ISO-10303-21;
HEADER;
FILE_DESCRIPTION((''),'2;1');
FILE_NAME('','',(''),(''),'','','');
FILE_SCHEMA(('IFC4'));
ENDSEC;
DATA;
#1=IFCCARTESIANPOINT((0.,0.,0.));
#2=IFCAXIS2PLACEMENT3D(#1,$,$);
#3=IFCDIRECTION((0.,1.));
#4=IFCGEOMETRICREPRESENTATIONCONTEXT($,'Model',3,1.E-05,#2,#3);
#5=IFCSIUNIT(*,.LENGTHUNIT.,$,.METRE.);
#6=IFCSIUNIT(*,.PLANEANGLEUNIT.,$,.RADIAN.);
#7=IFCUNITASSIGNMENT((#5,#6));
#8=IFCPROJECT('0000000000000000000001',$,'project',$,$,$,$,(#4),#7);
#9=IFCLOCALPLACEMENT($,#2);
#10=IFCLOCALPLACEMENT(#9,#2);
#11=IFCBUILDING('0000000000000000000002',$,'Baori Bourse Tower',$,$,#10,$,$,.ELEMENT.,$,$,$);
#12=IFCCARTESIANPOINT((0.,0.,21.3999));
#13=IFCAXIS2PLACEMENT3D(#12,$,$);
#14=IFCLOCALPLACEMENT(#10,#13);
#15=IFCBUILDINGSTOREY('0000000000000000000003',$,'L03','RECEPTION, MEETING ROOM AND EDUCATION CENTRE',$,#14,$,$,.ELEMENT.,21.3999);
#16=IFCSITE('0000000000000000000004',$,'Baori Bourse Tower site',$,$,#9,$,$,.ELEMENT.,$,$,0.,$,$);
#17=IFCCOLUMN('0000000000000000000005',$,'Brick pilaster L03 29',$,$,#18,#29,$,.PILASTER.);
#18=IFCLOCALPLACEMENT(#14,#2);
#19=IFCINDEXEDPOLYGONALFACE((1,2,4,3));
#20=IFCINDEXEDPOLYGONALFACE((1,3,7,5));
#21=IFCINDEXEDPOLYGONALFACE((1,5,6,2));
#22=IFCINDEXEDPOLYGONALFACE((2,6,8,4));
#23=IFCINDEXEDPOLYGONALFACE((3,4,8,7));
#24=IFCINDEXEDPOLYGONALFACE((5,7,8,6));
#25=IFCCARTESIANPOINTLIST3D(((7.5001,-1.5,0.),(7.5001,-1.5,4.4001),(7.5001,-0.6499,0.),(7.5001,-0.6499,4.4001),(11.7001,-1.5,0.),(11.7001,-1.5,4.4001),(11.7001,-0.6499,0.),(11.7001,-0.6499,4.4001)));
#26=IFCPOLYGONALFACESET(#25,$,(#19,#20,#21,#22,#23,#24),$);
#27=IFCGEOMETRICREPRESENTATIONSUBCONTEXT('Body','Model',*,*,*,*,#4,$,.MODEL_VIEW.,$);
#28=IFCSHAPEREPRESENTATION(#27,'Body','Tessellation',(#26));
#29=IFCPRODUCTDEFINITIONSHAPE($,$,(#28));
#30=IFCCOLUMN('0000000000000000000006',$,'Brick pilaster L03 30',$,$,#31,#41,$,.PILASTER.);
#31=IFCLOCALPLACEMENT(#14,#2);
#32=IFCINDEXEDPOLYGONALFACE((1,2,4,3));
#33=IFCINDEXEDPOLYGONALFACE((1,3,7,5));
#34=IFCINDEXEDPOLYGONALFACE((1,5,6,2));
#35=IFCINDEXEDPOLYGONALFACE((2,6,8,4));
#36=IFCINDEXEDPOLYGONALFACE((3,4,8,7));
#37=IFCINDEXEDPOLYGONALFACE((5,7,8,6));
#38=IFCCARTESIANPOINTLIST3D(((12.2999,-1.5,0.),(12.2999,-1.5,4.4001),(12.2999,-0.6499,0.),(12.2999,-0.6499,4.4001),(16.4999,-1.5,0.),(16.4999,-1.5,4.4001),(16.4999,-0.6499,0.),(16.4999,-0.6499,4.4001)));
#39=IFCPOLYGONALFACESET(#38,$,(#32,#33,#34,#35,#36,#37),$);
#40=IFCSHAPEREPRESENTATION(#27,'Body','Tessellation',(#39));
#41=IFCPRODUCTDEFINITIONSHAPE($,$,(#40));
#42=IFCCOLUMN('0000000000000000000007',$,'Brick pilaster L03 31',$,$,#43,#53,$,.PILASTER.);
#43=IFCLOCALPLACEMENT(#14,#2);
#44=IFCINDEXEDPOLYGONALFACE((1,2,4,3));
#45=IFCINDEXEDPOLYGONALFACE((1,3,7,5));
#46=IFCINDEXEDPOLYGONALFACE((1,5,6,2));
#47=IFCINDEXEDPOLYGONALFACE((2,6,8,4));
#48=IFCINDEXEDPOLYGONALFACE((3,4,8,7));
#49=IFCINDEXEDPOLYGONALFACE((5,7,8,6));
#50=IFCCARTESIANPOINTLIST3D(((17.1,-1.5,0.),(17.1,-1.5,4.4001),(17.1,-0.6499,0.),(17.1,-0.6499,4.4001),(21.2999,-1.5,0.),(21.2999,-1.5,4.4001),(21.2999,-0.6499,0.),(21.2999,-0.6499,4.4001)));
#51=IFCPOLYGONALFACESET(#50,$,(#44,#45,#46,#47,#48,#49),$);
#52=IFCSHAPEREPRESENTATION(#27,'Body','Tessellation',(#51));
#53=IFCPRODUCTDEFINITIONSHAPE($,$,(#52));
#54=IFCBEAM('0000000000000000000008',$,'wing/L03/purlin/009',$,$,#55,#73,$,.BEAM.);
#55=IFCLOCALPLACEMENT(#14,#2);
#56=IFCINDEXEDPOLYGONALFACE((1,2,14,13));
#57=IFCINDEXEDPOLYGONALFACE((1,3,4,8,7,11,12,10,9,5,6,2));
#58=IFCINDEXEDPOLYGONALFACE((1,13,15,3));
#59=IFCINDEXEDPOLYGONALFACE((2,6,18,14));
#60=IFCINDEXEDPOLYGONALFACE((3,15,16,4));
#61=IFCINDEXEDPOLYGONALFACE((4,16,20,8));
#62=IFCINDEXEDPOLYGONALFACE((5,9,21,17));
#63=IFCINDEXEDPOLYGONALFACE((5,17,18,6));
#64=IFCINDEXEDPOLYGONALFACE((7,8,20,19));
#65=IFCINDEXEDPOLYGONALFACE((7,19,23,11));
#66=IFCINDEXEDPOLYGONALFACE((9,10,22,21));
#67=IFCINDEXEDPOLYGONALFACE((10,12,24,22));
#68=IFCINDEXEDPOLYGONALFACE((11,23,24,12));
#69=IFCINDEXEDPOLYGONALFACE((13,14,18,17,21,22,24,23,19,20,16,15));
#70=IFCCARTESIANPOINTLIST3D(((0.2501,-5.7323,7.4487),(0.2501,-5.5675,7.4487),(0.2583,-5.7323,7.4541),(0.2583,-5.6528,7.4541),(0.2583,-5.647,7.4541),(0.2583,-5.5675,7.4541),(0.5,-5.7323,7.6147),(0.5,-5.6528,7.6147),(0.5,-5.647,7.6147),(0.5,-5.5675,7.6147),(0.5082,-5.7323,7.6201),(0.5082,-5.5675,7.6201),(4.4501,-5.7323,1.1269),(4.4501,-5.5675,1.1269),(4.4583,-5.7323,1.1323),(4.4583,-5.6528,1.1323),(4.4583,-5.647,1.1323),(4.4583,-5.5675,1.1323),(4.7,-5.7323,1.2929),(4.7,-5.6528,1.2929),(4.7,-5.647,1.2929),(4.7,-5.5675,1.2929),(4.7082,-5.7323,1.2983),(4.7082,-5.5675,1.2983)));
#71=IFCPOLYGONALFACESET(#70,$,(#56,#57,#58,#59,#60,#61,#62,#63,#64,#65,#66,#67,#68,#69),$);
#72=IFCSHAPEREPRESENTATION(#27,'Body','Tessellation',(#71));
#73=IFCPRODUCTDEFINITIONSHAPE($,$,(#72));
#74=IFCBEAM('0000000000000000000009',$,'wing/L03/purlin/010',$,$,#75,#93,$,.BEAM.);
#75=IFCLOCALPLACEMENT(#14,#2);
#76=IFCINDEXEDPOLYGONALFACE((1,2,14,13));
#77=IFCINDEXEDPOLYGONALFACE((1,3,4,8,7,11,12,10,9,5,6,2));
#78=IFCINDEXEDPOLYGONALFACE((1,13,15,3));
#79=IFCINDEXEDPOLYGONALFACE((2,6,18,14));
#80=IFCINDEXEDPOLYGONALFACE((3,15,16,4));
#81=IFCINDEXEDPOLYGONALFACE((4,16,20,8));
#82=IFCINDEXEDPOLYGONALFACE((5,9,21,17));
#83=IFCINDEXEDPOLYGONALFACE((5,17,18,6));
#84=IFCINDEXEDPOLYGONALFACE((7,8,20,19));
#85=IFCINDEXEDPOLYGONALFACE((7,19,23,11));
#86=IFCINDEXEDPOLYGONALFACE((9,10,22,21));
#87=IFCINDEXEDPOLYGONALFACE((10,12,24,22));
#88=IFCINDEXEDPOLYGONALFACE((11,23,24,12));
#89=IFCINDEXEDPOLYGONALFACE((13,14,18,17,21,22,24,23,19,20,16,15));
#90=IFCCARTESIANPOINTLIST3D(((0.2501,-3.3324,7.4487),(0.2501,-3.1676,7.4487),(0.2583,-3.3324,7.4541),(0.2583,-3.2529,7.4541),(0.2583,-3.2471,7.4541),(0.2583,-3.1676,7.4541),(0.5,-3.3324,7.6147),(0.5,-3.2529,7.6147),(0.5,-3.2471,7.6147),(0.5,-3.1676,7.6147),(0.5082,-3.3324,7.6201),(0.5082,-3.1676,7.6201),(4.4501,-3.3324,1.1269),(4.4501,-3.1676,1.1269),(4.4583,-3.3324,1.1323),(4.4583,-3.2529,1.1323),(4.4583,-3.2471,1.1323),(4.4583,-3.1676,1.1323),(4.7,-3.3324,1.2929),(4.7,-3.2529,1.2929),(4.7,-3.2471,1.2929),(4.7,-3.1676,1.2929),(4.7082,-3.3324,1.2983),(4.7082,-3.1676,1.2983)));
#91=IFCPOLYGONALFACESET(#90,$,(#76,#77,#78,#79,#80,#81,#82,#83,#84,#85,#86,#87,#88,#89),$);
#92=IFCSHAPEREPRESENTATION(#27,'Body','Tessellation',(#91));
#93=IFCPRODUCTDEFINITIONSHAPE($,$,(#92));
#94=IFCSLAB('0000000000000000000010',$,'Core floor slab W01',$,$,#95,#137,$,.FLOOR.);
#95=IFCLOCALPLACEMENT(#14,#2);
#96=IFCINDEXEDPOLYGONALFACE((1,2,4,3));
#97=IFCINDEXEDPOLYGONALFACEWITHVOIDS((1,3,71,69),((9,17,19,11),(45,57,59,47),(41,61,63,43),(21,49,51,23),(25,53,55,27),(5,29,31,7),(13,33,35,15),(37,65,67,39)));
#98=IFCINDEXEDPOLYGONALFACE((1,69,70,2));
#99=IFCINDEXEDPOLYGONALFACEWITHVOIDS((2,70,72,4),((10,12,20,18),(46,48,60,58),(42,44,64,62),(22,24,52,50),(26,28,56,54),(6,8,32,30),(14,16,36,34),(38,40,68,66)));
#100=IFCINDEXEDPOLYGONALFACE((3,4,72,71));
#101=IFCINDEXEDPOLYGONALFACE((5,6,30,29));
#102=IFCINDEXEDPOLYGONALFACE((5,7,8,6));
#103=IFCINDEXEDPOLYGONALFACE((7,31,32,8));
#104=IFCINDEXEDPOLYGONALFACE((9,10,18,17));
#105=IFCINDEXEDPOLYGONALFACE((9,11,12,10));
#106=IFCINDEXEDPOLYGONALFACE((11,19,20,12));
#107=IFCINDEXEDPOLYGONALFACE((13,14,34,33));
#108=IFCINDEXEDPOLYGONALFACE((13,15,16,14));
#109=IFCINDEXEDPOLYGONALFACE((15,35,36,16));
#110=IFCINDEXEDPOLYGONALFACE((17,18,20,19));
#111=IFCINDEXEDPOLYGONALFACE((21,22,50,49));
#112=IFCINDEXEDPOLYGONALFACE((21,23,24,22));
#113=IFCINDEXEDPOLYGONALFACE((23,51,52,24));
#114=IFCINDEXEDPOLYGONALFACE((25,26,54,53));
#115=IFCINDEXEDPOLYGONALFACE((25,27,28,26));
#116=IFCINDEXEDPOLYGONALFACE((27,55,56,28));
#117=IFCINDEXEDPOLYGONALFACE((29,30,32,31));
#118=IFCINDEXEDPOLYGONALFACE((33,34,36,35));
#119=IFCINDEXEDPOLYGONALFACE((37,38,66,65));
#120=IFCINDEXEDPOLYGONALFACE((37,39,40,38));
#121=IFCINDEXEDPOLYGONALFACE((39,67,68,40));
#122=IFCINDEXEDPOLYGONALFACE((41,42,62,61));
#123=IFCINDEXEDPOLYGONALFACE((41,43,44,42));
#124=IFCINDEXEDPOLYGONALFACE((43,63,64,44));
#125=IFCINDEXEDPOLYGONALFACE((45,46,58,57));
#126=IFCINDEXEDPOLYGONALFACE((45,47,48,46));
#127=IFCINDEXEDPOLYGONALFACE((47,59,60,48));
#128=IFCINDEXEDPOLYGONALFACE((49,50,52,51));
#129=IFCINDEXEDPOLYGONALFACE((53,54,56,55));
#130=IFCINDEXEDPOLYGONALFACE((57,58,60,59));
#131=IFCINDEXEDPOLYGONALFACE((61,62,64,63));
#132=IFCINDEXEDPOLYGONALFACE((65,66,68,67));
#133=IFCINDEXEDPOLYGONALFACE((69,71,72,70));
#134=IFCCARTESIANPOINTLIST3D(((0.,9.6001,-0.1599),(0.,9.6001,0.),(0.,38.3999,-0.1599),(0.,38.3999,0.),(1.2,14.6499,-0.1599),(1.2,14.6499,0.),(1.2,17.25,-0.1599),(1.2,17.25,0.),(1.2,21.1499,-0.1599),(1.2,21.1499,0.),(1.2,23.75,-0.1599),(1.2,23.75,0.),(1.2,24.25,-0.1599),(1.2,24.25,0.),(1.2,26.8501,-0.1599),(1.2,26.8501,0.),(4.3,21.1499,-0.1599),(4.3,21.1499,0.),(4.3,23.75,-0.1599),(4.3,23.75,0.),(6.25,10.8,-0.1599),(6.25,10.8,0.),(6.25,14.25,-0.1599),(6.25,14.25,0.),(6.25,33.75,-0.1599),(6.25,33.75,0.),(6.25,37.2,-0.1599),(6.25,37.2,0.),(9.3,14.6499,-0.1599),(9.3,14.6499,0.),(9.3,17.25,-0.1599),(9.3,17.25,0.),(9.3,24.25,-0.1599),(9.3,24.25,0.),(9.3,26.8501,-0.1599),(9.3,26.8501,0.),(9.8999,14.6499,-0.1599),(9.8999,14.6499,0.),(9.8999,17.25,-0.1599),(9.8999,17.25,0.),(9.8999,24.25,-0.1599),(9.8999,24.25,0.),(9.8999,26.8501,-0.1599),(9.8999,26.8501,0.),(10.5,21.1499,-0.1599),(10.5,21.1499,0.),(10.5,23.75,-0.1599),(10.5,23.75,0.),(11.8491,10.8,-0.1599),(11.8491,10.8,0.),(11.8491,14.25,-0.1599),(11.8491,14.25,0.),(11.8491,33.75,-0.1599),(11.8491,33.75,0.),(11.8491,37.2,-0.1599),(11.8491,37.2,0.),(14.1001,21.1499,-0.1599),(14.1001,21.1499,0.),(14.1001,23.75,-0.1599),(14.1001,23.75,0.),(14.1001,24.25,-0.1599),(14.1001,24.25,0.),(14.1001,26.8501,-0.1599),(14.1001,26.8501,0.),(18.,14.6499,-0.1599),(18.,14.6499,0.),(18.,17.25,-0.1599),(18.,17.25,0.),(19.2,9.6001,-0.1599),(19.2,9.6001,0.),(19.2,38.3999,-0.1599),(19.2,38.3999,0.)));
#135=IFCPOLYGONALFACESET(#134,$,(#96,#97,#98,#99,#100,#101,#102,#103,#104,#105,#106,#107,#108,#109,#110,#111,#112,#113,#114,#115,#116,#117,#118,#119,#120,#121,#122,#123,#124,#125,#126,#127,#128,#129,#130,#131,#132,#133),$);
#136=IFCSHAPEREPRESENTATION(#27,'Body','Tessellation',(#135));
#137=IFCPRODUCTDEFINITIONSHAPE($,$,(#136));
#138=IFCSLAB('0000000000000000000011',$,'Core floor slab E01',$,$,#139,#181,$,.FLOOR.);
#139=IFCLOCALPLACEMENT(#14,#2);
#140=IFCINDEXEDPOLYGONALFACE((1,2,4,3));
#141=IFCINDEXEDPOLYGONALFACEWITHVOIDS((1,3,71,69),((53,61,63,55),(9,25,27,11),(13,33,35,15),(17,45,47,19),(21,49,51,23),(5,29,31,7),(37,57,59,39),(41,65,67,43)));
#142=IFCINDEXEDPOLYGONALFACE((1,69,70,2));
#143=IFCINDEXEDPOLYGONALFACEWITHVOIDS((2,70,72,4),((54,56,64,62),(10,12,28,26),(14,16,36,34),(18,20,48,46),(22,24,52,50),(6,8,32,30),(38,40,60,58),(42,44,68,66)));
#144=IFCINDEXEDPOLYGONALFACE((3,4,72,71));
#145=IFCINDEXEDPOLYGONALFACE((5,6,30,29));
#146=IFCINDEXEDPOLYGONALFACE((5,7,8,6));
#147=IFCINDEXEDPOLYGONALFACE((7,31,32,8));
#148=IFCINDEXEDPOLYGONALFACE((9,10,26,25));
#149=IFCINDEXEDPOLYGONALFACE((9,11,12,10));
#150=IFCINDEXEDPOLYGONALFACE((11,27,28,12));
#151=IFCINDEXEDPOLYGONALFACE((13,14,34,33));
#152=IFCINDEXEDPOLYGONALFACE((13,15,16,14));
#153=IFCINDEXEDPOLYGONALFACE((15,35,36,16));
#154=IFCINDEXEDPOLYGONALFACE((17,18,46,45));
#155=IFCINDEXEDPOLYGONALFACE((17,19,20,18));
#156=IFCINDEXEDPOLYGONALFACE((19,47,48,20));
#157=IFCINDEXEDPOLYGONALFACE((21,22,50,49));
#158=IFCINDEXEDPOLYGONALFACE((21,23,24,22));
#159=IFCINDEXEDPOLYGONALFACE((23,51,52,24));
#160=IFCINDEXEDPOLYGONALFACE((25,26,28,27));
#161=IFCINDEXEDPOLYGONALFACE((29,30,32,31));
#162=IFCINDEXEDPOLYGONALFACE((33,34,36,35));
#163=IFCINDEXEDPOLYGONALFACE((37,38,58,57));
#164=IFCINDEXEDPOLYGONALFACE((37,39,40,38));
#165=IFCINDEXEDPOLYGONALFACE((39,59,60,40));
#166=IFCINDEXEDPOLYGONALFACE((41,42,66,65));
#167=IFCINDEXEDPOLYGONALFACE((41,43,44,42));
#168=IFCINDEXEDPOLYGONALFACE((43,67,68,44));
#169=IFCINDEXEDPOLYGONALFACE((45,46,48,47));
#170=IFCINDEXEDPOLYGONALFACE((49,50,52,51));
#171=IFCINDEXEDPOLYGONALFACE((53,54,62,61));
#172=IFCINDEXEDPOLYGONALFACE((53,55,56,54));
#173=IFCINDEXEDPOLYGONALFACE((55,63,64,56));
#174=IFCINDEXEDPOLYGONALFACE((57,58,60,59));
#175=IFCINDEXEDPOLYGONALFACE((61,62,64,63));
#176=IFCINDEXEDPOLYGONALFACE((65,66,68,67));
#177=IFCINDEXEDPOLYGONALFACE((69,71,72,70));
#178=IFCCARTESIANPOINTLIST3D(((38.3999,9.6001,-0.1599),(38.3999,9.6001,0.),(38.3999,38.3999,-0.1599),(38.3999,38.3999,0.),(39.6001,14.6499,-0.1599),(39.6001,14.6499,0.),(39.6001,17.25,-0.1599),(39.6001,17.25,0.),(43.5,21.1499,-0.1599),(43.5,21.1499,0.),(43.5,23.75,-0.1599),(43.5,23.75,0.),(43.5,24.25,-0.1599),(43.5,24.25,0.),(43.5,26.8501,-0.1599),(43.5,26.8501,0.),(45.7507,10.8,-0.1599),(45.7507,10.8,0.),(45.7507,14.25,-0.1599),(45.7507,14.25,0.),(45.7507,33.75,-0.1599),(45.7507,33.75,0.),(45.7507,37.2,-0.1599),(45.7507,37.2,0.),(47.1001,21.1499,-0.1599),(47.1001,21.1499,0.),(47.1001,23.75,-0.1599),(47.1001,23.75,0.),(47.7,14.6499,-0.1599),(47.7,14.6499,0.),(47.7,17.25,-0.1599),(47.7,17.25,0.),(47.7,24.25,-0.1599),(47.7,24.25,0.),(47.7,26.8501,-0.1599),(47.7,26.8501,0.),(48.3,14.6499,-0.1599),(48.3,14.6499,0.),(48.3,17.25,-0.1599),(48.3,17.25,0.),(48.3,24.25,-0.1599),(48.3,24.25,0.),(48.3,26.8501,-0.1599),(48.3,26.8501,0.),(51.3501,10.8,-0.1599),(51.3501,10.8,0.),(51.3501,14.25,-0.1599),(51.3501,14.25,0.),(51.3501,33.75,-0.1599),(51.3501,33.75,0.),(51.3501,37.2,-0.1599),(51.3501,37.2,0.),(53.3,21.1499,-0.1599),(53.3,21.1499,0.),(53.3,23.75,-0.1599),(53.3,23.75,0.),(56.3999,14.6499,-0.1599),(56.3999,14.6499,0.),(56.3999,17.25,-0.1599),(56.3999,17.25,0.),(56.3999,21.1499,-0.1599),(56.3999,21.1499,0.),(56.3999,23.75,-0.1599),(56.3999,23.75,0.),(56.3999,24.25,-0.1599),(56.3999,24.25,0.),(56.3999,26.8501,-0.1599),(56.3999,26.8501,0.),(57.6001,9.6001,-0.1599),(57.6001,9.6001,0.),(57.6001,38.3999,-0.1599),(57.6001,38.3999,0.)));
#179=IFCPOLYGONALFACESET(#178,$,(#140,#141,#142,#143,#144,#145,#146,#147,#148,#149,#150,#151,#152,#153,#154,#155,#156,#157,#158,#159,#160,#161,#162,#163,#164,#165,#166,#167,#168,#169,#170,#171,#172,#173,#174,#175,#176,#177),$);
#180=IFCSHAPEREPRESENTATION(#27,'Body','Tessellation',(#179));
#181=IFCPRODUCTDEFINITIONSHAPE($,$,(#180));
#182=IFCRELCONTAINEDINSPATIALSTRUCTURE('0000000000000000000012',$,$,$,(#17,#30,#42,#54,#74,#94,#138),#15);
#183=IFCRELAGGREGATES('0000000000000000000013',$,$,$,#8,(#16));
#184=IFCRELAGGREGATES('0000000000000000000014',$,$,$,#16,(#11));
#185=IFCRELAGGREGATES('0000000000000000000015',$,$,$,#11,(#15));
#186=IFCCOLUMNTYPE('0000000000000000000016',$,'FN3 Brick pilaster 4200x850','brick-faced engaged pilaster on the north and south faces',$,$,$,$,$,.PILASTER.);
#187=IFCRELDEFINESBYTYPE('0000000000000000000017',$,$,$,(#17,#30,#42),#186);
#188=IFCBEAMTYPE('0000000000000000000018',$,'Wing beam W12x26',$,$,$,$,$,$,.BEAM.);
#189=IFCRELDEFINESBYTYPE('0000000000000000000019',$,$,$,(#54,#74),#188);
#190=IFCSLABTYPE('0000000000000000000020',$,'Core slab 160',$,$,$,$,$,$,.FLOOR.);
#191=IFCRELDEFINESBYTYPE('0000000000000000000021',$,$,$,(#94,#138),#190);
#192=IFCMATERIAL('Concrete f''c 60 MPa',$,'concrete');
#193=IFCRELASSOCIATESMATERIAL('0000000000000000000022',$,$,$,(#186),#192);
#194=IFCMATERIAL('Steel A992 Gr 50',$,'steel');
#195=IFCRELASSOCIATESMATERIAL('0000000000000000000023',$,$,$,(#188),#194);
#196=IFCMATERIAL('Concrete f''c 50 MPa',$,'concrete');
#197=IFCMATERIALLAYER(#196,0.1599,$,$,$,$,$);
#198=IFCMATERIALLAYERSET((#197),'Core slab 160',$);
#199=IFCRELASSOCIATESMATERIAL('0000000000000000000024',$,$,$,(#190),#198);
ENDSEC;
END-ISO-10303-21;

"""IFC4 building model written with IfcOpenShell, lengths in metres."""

from ifc_helpers import new_model, si_unit, direction, frame, origin, origin_2d, place, context, subcontext, project, spatial, polyline, rectangle, i_section, outline, extrude, material, layer, layer_set, material_profile, profile_set, type_object, element, save


model = new_model("IFC4")

# Units and contexts
model_context = context("Model", 3, precision=1e-05, world=origin(), true_north=direction((0.0, 1.0)))
body_context = subcontext(model_context, "Body", "Model", "MODEL_VIEW")
ifc_project = project(units=[si_unit("LENGTHUNIT", "METRE"), si_unit("PLANEANGLEUNIT", "RADIAN")], contexts=[model_context])

# Site, building, storey
site_placement = place(None, origin())
site = spatial("IfcSite", under=ifc_project, at=site_placement, Name="Baori Bourse Tower site", CompositionType="ELEMENT", RefElevation=0.0)
building_placement = place(site_placement, origin())
building = spatial("IfcBuilding", under=site, at=building_placement, Name="Baori Bourse Tower", CompositionType="ELEMENT")
storey_placement = place(building_placement, frame((0.0, 0.0, 21.3999)))
storey = spatial("IfcBuildingStorey", under=building, at=storey_placement, Name="L03", Description="RECEPTION, MEETING ROOM AND EDUCATION CENTRE", CompositionType="ELEMENT", Elevation=21.3999)

# Columns
ifc_material_1 = material(Name="Concrete f'c 60 MPa", Category="concrete")
ifc_material_profile_1 = material_profile(ifc_material_1, rectangle(XDim=4.2, YDim=0.8501, at=origin_2d()), Name="RC 4200x850")
ifc_profile_set_1 = profile_set([ifc_material_profile_1], Name="Concrete f'c 60 MPa")
column_type = type_object("IfcColumnType", Name="FN3 Brick pilaster 4200x850", Description="brick-faced engaged pilaster on the north and south faces", PredefinedType="PILASTER", material=ifc_profile_set_1)
for number, where, z_axis, x_axis, name in (
    (1, (9.6001, -1.075, 0.0), (0.0, 0.0, 1.0), (1.0, 0.0, 0.0), "Brick pilaster L03 29"),
    (2, (14.3999, -1.075, 0.0), (0.0, 0.0, 1.0), (1.0, 0.0, 0.0), "Brick pilaster L03 30"),
    (3, (19.2, -1.075, 0.0), (0.0, 0.0, 1.0), (1.0, 0.0, 0.0), "Brick pilaster L03 31"),
):
    element("IfcColumn", number, at=place(storey_placement, frame(where, z_axis=z_axis, x_axis=x_axis)), inside=storey, type_object=column_type, Name=name, PredefinedType="PILASTER", context=body_context, shape_type="SweptSolid", body=[
        extrude(rectangle(XDim=4.2, YDim=0.8501, at=origin_2d()), origin(), (0.0, 0.0, 1.0), 4.4001),
    ])

# Beams
ifc_material_2 = material(Name="Steel A992 Gr 50", Category="steel")
ifc_material_profile_2 = material_profile(ifc_material_2, i_section(OverallWidth=0.1648, OverallDepth=0.3098, WebThickness=0.0059, FlangeThickness=0.0098, at=origin_2d()), Name="W12x26")
ifc_profile_set_2 = profile_set([ifc_material_profile_2], Name="Steel A992 Gr 50")
beam_type = type_object("IfcBeamType", Name="Wing beam W12x26", PredefinedType="BEAM", material=ifc_profile_set_2)
for number, where, z_axis, x_axis, name in (
    (4, (0.3792, -5.6499, 7.5344), (0.553371, 0.0, -0.832935), (0.0, 1.0, 0.0), "wing/L03/purlin/009"),
    (5, (0.3792, -3.25, 7.5344), (0.553371, 0.0, -0.832935), (0.0, 1.0, 0.0), "wing/L03/purlin/010"),
):
    element("IfcBeam", number, at=place(storey_placement, frame(where, z_axis=z_axis, x_axis=x_axis)), inside=storey, type_object=beam_type, Name=name, PredefinedType="BEAM", context=body_context, shape_type="SweptSolid", body=[
        extrude(i_section(OverallWidth=0.1648, OverallDepth=0.3098, WebThickness=0.0059, FlangeThickness=0.0098, at=origin_2d()), origin(), (0.0, 0.0, 1.0), 7.5898),
    ])

# Slabs
ifc_material_3 = material(Name="Concrete f'c 50 MPa", Category="concrete")
ifc_layer_1 = layer(ifc_material_3, 0.1599)
ifc_layer_set_1 = layer_set([ifc_layer_1], Name="Core slab 160")
slab_type_1 = type_object("IfcSlabType", Name="Core slab 160", PredefinedType="FLOOR", material=ifc_layer_set_1)
slab_1_placement = place(storey_placement, frame((0.0, 0.0, -0.1599)))
element("IfcSlab", 6, at=slab_1_placement, inside=storey, type_object=slab_type_1, Name="Core floor slab W01", PredefinedType="FLOOR", context=body_context, shape_type="SweptSolid", body=[
    extrude(outline(polyline([(19.2, 9.6001), (19.2, 38.3999), (0.0, 38.3999), (0.0, 9.6001), (19.2, 9.6001)]), holes=[polyline([(9.8999, 14.6499), (9.8999, 17.25), (18.0, 17.25), (18.0, 14.6499), (9.8999, 14.6499)]), polyline([(10.5, 21.1499), (10.5, 23.75), (14.1001, 23.75), (14.1001, 21.1499), (10.5, 21.1499)]), polyline([(14.1001, 24.25), (9.8999, 24.25), (9.8999, 26.8501), (14.1001, 26.8501), (14.1001, 24.25)]), polyline([(6.25, 14.25), (11.8491, 14.25), (11.8491, 10.8), (6.25, 10.8), (6.25, 14.25)]), polyline([(11.8491, 37.2), (11.8491, 33.75), (6.25, 33.75), (6.25, 37.2), (11.8491, 37.2)]), polyline([(1.2, 26.8501), (9.3, 26.8501), (9.3, 24.25), (1.2, 24.25), (1.2, 26.8501)]), polyline([(9.3, 14.6499), (1.2, 14.6499), (1.2, 17.25), (9.3, 17.25), (9.3, 14.6499)]), polyline([(4.3, 23.75), (4.3, 21.1499), (1.2, 21.1499), (1.2, 23.75), (4.3, 23.75)])]), origin(), (0.0, 0.0, 1.0), 0.1599),
])
slab_2_placement = place(storey_placement, frame((0.0, 0.0, -0.1599)))
element("IfcSlab", 7, at=slab_2_placement, inside=storey, type_object=slab_type_1, Name="Core floor slab E01", PredefinedType="FLOOR", context=body_context, shape_type="SweptSolid", body=[
    extrude(outline(polyline([(38.3999, 9.6001), (57.6001, 9.6001), (57.6001, 38.3999), (38.3999, 38.3999), (38.3999, 9.6001)]), holes=[polyline([(48.3, 14.6499), (48.3, 17.25), (56.3999, 17.25), (56.3999, 14.6499), (48.3, 14.6499)]), polyline([(56.3999, 21.1499), (53.3, 21.1499), (53.3, 23.75), (56.3999, 23.75), (56.3999, 21.1499)]), polyline([(56.3999, 26.8501), (56.3999, 24.25), (48.3, 24.25), (48.3, 26.8501), (56.3999, 26.8501)]), polyline([(45.7507, 14.25), (51.3501, 14.25), (51.3501, 10.8), (45.7507, 10.8), (45.7507, 14.25)]), polyline([(51.3501, 37.2), (51.3501, 33.75), (45.7507, 33.75), (45.7507, 37.2), (51.3501, 37.2)]), polyline([(39.6001, 17.25), (47.7, 17.25), (47.7, 14.6499), (39.6001, 14.6499), (39.6001, 17.25)]), polyline([(43.5, 24.25), (43.5, 26.8501), (47.7, 26.8501), (47.7, 24.25), (43.5, 24.25)]), polyline([(43.5, 23.75), (47.1001, 23.75), (47.1001, 21.1499), (43.5, 21.1499), (43.5, 23.75)])]), origin(), (0.0, 0.0, 1.0), 0.1599),
])

save(model, "model.ifc")
